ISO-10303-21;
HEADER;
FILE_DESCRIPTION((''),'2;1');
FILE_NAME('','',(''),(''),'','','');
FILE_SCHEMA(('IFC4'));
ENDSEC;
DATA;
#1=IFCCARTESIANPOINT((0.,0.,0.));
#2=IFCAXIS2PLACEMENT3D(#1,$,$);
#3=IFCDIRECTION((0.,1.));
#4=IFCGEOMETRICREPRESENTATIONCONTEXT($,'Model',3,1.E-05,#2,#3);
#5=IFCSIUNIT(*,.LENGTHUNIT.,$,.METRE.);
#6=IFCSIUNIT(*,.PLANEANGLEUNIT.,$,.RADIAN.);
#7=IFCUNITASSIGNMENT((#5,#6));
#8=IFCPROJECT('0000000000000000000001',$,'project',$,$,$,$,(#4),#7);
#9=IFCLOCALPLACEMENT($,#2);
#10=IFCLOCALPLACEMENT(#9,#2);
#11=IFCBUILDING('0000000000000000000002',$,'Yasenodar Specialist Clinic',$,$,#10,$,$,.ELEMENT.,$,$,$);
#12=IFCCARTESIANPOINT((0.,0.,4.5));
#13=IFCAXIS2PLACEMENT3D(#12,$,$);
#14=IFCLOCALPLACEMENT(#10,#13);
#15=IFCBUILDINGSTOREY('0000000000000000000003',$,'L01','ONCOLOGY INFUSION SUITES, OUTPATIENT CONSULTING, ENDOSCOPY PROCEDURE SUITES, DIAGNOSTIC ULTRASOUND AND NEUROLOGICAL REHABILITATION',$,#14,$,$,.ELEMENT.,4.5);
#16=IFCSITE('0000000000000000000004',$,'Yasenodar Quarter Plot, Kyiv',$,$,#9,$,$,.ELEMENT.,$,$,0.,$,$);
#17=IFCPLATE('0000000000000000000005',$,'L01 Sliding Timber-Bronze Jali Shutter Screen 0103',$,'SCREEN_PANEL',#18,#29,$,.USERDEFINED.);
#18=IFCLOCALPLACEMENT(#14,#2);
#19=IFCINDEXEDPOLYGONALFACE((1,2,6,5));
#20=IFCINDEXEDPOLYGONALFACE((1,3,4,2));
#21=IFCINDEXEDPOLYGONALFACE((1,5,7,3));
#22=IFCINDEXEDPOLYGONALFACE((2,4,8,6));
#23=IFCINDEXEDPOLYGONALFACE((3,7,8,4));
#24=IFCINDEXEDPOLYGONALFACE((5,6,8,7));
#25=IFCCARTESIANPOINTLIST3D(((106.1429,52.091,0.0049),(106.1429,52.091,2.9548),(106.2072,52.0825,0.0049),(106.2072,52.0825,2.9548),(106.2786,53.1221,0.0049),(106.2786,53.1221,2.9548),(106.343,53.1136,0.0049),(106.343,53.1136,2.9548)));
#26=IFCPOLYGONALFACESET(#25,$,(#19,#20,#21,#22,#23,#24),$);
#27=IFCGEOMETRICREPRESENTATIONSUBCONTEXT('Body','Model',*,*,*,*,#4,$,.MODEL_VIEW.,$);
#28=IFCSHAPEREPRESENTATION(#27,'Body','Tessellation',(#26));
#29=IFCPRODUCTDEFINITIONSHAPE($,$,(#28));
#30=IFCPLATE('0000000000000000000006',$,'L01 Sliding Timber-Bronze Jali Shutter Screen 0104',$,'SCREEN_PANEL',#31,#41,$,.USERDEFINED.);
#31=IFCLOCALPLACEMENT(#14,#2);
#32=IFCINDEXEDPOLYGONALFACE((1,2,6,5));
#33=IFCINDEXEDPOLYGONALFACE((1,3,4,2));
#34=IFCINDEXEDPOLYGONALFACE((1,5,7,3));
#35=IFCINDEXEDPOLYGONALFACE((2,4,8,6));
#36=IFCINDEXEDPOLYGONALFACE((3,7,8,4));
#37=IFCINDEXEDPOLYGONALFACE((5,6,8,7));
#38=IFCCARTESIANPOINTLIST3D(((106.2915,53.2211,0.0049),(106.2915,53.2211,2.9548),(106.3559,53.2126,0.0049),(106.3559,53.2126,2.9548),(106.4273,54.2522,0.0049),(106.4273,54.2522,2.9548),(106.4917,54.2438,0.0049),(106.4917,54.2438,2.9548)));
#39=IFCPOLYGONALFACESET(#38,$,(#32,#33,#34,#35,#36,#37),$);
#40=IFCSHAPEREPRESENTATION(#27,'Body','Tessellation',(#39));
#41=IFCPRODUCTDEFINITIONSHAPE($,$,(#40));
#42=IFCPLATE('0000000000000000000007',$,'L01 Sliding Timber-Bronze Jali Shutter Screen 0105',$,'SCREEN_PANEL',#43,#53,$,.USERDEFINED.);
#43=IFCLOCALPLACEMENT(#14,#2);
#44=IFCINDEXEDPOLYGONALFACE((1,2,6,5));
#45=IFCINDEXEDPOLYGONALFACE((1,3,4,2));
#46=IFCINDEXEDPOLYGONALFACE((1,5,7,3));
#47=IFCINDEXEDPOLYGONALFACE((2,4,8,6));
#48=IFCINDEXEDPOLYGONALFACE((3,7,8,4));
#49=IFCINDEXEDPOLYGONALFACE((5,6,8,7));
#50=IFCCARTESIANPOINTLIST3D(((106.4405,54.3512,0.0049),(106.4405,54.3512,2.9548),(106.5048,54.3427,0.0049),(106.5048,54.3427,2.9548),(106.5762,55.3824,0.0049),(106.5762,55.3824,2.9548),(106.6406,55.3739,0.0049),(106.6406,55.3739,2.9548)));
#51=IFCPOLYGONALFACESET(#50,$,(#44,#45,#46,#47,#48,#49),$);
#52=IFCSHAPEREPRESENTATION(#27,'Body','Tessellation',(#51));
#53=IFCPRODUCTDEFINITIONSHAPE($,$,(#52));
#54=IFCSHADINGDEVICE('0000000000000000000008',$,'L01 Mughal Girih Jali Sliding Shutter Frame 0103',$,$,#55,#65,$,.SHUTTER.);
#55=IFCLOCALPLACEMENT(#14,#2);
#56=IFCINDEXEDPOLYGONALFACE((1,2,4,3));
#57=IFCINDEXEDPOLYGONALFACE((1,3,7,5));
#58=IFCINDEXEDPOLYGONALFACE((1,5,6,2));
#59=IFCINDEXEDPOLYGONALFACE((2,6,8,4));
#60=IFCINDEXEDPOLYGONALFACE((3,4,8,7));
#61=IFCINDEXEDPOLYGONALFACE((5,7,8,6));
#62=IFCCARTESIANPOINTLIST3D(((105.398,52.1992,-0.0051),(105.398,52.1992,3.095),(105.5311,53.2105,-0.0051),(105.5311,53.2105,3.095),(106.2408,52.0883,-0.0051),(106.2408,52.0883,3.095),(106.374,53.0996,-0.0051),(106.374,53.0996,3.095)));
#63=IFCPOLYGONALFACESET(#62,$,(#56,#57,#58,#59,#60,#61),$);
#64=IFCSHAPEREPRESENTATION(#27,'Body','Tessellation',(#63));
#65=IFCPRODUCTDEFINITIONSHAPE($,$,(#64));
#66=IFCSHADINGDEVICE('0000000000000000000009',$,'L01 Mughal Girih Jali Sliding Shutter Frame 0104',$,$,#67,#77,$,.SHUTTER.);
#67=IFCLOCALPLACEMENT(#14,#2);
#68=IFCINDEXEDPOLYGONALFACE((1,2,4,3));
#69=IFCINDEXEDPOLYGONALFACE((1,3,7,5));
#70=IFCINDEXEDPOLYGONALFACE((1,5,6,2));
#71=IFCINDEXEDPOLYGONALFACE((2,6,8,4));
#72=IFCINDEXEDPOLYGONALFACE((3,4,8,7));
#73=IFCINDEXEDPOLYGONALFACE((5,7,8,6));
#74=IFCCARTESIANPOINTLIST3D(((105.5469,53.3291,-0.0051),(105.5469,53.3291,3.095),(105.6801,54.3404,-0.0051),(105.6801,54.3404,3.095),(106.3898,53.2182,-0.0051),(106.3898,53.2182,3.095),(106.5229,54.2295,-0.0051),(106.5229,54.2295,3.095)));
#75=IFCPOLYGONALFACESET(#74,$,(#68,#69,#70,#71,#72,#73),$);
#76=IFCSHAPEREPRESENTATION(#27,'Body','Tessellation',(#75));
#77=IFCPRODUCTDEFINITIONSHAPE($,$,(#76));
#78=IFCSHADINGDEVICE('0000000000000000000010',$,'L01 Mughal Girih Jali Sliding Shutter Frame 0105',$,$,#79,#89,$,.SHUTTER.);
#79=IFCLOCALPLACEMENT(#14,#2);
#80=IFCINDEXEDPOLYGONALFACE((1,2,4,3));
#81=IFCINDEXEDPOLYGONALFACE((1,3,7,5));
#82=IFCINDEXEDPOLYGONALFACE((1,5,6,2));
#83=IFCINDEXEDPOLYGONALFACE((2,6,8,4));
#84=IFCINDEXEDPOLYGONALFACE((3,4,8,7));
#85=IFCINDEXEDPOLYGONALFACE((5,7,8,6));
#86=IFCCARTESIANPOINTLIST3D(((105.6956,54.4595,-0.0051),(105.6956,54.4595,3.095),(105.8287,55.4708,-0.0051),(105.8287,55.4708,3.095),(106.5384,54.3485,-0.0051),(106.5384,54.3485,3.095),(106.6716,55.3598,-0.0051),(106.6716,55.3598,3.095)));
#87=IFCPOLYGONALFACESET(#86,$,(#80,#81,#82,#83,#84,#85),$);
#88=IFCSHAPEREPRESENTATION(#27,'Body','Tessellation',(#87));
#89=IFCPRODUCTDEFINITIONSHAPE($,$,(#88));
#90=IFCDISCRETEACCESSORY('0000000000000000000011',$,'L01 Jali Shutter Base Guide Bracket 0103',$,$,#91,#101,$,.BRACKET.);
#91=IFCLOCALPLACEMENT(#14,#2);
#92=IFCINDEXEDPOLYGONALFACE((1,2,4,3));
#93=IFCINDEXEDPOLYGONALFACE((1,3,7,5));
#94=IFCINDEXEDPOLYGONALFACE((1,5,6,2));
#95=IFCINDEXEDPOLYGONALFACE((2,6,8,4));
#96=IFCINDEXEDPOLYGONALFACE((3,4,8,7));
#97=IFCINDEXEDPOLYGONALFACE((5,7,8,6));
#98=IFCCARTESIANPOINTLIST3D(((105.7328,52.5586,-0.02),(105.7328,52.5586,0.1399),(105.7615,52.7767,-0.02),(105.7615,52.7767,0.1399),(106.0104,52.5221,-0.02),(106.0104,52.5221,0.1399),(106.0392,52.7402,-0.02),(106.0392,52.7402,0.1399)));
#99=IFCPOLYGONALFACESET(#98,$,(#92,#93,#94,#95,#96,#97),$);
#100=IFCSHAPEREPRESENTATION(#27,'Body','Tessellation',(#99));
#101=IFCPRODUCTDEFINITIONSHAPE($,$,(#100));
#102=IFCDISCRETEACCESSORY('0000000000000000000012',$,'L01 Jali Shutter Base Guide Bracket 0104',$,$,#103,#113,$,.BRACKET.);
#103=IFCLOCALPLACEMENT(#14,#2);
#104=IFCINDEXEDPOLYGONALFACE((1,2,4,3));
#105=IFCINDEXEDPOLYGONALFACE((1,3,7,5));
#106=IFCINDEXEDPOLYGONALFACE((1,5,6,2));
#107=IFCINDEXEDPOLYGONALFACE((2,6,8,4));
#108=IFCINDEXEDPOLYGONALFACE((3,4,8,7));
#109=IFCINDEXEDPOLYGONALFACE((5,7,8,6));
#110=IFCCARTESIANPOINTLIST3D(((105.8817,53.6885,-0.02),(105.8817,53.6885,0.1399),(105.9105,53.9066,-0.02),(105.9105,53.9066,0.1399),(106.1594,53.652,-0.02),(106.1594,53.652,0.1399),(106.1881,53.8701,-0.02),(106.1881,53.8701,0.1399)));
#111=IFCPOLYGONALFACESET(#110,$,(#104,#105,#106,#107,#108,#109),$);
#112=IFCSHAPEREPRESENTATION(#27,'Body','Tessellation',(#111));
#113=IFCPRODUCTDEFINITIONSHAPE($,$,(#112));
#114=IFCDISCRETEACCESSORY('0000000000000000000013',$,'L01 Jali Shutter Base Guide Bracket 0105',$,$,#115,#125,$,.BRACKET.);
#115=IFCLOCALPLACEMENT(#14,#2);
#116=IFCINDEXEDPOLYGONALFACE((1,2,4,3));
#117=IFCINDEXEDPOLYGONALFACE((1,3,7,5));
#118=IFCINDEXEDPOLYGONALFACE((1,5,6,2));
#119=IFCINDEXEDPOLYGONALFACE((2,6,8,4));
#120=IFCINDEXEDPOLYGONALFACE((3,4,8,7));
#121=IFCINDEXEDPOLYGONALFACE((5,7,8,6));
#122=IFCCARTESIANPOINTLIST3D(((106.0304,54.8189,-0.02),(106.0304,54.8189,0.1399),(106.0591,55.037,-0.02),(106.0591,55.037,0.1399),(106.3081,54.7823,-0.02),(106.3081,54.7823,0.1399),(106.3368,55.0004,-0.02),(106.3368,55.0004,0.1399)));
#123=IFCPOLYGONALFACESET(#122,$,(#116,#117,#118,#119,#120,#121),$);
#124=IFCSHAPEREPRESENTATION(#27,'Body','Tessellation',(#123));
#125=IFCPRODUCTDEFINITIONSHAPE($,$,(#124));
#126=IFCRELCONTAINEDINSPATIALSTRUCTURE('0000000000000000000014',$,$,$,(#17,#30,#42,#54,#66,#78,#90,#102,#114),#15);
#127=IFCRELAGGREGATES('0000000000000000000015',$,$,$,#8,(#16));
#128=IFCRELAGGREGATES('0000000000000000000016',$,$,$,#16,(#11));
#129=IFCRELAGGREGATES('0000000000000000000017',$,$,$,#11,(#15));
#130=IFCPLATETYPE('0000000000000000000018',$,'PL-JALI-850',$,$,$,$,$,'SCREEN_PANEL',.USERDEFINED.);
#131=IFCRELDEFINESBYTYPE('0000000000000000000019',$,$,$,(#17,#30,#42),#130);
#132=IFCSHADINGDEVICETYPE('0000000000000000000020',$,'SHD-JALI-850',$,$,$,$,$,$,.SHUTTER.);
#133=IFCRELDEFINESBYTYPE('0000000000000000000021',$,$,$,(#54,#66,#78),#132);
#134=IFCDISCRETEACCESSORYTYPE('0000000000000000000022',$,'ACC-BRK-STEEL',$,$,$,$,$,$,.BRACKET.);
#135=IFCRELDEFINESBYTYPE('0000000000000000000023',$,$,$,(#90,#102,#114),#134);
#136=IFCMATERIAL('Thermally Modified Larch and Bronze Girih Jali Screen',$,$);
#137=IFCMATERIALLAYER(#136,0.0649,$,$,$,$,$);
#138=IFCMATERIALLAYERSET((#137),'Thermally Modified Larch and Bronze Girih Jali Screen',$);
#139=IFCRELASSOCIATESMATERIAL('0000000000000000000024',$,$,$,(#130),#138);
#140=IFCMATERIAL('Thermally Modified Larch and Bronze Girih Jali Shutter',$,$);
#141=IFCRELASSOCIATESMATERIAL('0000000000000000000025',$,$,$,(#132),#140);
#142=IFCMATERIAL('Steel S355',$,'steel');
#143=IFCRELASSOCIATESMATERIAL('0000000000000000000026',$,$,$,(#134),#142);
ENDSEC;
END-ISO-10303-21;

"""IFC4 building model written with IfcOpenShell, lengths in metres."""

from ifc_helpers import new_model, si_unit, direction, frame, origin, origin_2d, place, context, subcontext, project, spatial, rectangle, extrude, material, layer, layer_set, type_object, element, save


model = new_model("IFC4")

# Units and contexts
model_context = context("Model", 3, precision=1e-05, world=origin(), true_north=direction((0.0, 1.0)))
body_context = subcontext(model_context, "Body", "Model", "MODEL_VIEW")
ifc_project = project(units=[si_unit("LENGTHUNIT", "METRE"), si_unit("PLANEANGLEUNIT", "RADIAN")], contexts=[model_context])

# Site, building, storey
site_placement = place(None, origin())
site = spatial("IfcSite", under=ifc_project, at=site_placement, Name="Yasenodar Quarter Plot, Kyiv", CompositionType="ELEMENT", RefElevation=0.0)
building_placement = place(site_placement, origin())
building = spatial("IfcBuilding", under=site, at=building_placement, Name="Yasenodar Specialist Clinic", CompositionType="ELEMENT")
storey_placement = place(building_placement, frame((0.0, 0.0, 4.5)))
storey = spatial("IfcBuildingStorey", under=building, at=storey_placement, Name="L01", Description="ONCOLOGY INFUSION SUITES, OUTPATIENT CONSULTING, ENDOSCOPY PROCEDURE SUITES, DIAGNOSTIC ULTRASOUND AND NEUROLOGICAL REHABILITATION", CompositionType="ELEMENT", Elevation=4.5)

# Plates
ifc_material_1 = material(Name="Thermally Modified Larch and Bronze Girih Jali Screen")
ifc_layer_1 = layer(ifc_material_1, 0.0649)
ifc_layer_set_1 = layer_set([ifc_layer_1], Name="Thermally Modified Larch and Bronze Girih Jali Screen")
plate_type_1 = type_object("IfcPlateType", Name="PL-JALI-850", ElementType="SCREEN_PANEL", PredefinedType="USERDEFINED", material=ifc_layer_set_1)
for number, where, z_axis, x_axis, name in (
    (1, (106.2429, 52.6023, 0.0049), (0.0, 0.0, 1.0), (0.130519, 0.991446, 0.0), "L01 Sliding Timber-Bronze Jali Shutter Screen 0103"),
    (2, (106.3916, 53.7324, 0.0049), (0.0, 0.0, 1.0), (0.130519, 0.991446, 0.0), "L01 Sliding Timber-Bronze Jali Shutter Screen 0104"),
    (3, (106.5405, 54.8625, 0.0049), (0.0, 0.0, 1.0), (0.130519, 0.991446, 0.0), "L01 Sliding Timber-Bronze Jali Shutter Screen 0105"),
):
    element("IfcPlate", number, at=place(storey_placement, frame(where, z_axis=z_axis, x_axis=x_axis)), inside=storey, type_object=plate_type_1, Name=name, ObjectType="SCREEN_PANEL", PredefinedType="USERDEFINED", context=body_context, shape_type="SweptSolid", body=[
        extrude(rectangle(XDim=1.04, YDim=0.0649, at=origin_2d()), origin(), (0.0, 0.0, 1.0), 2.95),
    ])

# Shading devices
ifc_material_2 = material(Name="Thermally Modified Larch and Bronze Girih Jali Shutter")
shading_device_type = type_object("IfcShadingDeviceType", Name="SHD-JALI-850", PredefinedType="SHUTTER", material=ifc_material_2)
for number, where, z_axis, x_axis, name in (
    (4, (105.886, 52.6494, -0.0051), (0.0, 0.0, 1.0), (0.130519, 0.991446, 0.0), "L01 Mughal Girih Jali Sliding Shutter Frame 0103"),
    (5, (106.0349, 53.7793, -0.0051), (0.0, 0.0, 1.0), (0.130519, 0.991446, 0.0), "L01 Mughal Girih Jali Sliding Shutter Frame 0104"),
    (6, (106.1836, 54.9097, -0.0051), (0.0, 0.0, 1.0), (0.130519, 0.991446, 0.0), "L01 Mughal Girih Jali Sliding Shutter Frame 0105"),
):
    element("IfcShadingDevice", number, at=place(storey_placement, frame(where, z_axis=z_axis, x_axis=x_axis)), inside=storey, type_object=shading_device_type, Name=name, PredefinedType="SHUTTER", context=body_context, shape_type="SweptSolid", body=[
        extrude(rectangle(XDim=1.02, YDim=0.8501, at=origin_2d()), origin(), (0.0, 0.0, 1.0), 3.1001),
    ])

# Discrete accessories
ifc_material_3 = material(Name="Steel S355", Category="steel")
discrete_accessory_type = type_object("IfcDiscreteAccessoryType", Name="ACC-BRK-STEEL", PredefinedType="BRACKET", material=ifc_material_3)
for number, where, z_axis, x_axis, name in (
    (7, (105.886, 52.6494, -0.02), (0.0, 0.0, 1.0), (0.130519, 0.991446, 0.0), "L01 Jali Shutter Base Guide Bracket 0103"),
    (8, (106.0349, 53.7793, -0.02), (0.0, 0.0, 1.0), (0.130519, 0.991446, 0.0), "L01 Jali Shutter Base Guide Bracket 0104"),
    (9, (106.1836, 54.9097, -0.02), (0.0, 0.0, 1.0), (0.130519, 0.991446, 0.0), "L01 Jali Shutter Base Guide Bracket 0105"),
):
    element("IfcDiscreteAccessory", number, at=place(storey_placement, frame(where, z_axis=z_axis, x_axis=x_axis)), inside=storey, type_object=discrete_accessory_type, Name=name, PredefinedType="BRACKET", context=body_context, shape_type="SweptSolid", body=[
        extrude(rectangle(XDim=0.22, YDim=0.28, at=origin_2d()), origin(), (0.0, 0.0, 1.0), 0.1599),
    ])

save(model, "model.ifc")
